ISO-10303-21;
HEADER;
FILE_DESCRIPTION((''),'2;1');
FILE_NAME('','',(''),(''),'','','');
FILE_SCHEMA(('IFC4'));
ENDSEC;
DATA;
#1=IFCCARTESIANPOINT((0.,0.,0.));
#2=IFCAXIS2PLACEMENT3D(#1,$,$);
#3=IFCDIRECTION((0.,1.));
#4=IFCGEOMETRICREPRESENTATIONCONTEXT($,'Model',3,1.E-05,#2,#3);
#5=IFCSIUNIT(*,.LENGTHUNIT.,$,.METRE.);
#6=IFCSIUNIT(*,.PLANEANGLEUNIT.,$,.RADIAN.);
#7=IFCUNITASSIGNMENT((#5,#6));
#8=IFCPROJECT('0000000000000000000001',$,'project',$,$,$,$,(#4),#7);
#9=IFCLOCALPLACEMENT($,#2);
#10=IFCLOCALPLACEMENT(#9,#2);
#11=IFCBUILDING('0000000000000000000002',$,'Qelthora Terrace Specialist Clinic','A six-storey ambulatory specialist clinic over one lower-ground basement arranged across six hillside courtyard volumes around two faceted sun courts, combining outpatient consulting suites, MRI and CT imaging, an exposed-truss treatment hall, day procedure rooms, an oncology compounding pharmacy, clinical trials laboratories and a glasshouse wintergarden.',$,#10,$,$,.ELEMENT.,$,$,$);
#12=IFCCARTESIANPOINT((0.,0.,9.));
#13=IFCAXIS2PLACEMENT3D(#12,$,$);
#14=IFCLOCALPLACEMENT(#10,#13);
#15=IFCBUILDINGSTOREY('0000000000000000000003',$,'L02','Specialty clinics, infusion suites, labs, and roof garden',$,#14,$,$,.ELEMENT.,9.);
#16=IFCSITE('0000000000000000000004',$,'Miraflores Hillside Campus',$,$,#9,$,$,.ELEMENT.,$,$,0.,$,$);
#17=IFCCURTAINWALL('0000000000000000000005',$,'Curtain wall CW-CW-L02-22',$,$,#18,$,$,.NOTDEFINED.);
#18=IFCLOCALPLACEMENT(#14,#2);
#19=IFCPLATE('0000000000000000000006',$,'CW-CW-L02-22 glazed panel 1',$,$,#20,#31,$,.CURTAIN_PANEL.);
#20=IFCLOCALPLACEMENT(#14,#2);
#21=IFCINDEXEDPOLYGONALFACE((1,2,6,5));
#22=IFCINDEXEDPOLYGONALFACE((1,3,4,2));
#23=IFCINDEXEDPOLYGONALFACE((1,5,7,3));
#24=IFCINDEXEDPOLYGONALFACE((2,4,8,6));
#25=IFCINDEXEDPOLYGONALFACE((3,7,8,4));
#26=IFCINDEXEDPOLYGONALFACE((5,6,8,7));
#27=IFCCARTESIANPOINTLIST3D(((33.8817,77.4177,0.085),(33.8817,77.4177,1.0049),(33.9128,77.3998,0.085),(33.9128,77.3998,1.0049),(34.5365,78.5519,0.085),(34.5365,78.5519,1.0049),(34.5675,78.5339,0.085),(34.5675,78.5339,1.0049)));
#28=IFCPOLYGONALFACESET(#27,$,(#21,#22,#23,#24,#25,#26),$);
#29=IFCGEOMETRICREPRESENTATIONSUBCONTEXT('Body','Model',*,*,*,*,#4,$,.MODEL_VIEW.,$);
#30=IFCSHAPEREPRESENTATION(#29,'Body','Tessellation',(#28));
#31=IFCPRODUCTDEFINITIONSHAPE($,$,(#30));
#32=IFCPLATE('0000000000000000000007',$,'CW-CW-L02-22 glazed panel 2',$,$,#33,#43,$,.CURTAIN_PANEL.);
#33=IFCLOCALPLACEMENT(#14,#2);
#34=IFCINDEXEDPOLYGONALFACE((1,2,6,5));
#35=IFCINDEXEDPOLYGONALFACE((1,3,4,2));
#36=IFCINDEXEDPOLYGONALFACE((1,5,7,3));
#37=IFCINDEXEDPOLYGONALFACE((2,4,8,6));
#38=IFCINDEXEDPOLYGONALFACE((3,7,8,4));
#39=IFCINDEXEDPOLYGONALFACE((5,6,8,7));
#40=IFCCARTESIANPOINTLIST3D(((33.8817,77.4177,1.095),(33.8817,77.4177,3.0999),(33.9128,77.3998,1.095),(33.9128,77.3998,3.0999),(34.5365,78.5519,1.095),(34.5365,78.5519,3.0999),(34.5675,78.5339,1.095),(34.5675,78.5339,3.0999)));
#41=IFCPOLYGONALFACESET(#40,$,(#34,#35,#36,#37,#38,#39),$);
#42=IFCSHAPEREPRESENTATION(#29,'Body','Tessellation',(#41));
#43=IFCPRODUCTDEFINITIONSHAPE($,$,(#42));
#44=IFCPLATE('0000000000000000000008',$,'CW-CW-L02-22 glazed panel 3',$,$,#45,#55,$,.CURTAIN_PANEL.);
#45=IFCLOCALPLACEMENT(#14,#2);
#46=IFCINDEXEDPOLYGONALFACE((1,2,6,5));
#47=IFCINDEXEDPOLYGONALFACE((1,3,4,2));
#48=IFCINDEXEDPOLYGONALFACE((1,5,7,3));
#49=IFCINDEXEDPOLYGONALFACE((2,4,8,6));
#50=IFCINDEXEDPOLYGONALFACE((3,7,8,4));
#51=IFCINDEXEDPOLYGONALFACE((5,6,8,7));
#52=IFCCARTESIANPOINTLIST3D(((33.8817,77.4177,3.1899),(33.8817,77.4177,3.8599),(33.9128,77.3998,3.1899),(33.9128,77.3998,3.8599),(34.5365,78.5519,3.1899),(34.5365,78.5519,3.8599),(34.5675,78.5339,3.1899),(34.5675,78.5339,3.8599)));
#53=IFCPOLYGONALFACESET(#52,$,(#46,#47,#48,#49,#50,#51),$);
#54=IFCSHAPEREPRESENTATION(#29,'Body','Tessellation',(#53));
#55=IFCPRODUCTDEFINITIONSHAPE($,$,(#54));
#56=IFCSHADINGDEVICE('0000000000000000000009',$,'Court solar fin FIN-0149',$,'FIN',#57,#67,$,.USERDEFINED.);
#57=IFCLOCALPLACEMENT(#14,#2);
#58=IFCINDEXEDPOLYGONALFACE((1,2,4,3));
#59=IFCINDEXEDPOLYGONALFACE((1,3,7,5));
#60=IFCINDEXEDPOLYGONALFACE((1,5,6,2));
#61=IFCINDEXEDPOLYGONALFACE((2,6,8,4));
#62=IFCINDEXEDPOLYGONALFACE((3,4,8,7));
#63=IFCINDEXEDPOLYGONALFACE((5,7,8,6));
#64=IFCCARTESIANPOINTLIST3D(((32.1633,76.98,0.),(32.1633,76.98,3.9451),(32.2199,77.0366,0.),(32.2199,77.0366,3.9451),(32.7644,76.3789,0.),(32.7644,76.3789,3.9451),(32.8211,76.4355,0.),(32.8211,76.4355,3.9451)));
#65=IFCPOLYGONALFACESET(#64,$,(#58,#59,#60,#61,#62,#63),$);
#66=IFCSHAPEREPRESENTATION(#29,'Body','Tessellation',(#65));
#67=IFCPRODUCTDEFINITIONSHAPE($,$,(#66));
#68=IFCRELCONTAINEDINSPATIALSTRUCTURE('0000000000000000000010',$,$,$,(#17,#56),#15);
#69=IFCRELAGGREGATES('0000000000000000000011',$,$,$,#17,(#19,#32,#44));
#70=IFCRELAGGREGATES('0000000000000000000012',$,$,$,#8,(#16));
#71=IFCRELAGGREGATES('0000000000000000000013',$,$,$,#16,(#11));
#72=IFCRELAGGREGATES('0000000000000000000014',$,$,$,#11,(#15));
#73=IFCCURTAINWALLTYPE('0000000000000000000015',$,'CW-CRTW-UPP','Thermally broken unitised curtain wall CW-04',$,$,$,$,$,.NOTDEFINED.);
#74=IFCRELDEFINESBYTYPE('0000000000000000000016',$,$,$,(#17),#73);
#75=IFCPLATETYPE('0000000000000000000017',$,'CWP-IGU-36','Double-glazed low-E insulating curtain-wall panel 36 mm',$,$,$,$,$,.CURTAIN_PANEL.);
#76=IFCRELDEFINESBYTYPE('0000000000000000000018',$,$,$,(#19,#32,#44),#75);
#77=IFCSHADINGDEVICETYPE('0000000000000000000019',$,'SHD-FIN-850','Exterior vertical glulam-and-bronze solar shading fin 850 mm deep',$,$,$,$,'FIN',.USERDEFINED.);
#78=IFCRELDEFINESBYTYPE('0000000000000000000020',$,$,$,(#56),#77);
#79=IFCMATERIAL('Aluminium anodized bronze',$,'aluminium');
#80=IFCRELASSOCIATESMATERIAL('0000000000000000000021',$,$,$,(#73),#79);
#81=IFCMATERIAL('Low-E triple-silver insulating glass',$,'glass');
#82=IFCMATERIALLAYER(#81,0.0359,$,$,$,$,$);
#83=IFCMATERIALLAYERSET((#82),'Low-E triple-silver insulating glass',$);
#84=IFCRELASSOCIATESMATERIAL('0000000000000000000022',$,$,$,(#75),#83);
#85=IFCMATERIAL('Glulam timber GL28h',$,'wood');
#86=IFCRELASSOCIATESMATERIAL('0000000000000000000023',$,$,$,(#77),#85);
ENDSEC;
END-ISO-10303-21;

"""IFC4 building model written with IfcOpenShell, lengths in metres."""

from ifc_helpers import new_model, si_unit, direction, frame, origin, origin_2d, place, context, subcontext, project, spatial, rectangle, extrude, material, layer, layer_set, type_object, element, aggregate, save


model = new_model("IFC4")

# Units and contexts
model_context = context("Model", 3, precision=1e-05, world=origin(), true_north=direction((0.0, 1.0)))
body_context = subcontext(model_context, "Body", "Model", "MODEL_VIEW")
ifc_project = project(units=[si_unit("LENGTHUNIT", "METRE"), si_unit("PLANEANGLEUNIT", "RADIAN")], contexts=[model_context])

# Site, building, storey
site_placement = place(None, origin())
site = spatial("IfcSite", under=ifc_project, at=site_placement, Name="Miraflores Hillside Campus", CompositionType="ELEMENT", RefElevation=0.0)
building_placement = place(site_placement, origin())
building = spatial("IfcBuilding", under=site, at=building_placement, Name="Qelthora Terrace Specialist Clinic", Description="A six-storey ambulatory specialist clinic over one lower-ground basement arranged across six hillside courtyard volumes around two faceted sun courts, combining outpatient consulting suites, MRI and CT imaging, an exposed-truss treatment hall, day procedure rooms, an oncology compounding pharmacy, clinical trials laboratories and a glasshouse wintergarden.", CompositionType="ELEMENT")
storey_placement = place(building_placement, frame((0.0, 0.0, 9.0)))
storey = spatial("IfcBuildingStorey", under=building, at=storey_placement, Name="L02", Description="Specialty clinics, infusion suites, labs, and roof garden", CompositionType="ELEMENT", Elevation=9.0)

# Shared definitions
ifc_material_1 = material(Name="Aluminium anodized bronze", Category="aluminium")
curtain_wall_type = type_object("IfcCurtainWallType", Name="CW-CRTW-UPP", Description="Thermally broken unitised curtain wall CW-04", PredefinedType="NOTDEFINED", material=ifc_material_1)

# Curtain wall
curtain_wall_1_placement = place(storey_placement, origin())
curtain_wall_1 = element("IfcCurtainWall", 1, at=curtain_wall_1_placement, inside=storey, type_object=curtain_wall_type, Name="Curtain wall CW-CW-L02-22", PredefinedType="NOTDEFINED")

# Plates
ifc_material_2 = material(Name="Low-E triple-silver insulating glass", Category="glass")
ifc_layer = layer(ifc_material_2, 0.0359)
ifc_layer_set = layer_set([ifc_layer], Name="Low-E triple-silver insulating glass")
plate_type = type_object("IfcPlateType", Name="CWP-IGU-36", Description="Double-glazed low-E insulating curtain-wall panel 36 mm", PredefinedType="CURTAIN_PANEL", material=ifc_layer_set)
plate_1_placement = place(storey_placement, frame((34.2246, 77.9758, 0.085), z_axis=(0.0, 0.0, 1.0), x_axis=(0.5, 0.866025, 0.0)))
plate_1 = element("IfcPlate", 2, at=plate_1_placement, type_object=plate_type, Name="CW-CW-L02-22 glazed panel 1", PredefinedType="CURTAIN_PANEL", context=body_context, shape_type="SweptSolid", body=[
    extrude(rectangle(XDim=1.3096, YDim=0.0359, at=origin_2d()), origin(), (0.0, 0.0, 1.0), 0.9199),
])
plate_2_placement = place(storey_placement, frame((34.2246, 77.9758, 1.095), z_axis=(0.0, 0.0, 1.0), x_axis=(0.5, 0.866025, 0.0)))
plate_2 = element("IfcPlate", 3, at=plate_2_placement, type_object=plate_type, Name="CW-CW-L02-22 glazed panel 2", PredefinedType="CURTAIN_PANEL", context=body_context, shape_type="SweptSolid", body=[
    extrude(rectangle(XDim=1.3096, YDim=0.0359, at=origin_2d()), origin(), (0.0, 0.0, 1.0), 2.0049),
])
plate_3_placement = place(storey_placement, frame((34.2246, 77.9758, 3.1899), z_axis=(0.0, 0.0, 1.0), x_axis=(0.5, 0.866025, 0.0)))
plate_3 = element("IfcPlate", 4, at=plate_3_placement, type_object=plate_type, Name="CW-CW-L02-22 glazed panel 3", PredefinedType="CURTAIN_PANEL", context=body_context, shape_type="SweptSolid", body=[
    extrude(rectangle(XDim=1.3096, YDim=0.0359, at=origin_2d()), origin(), (0.0, 0.0, 1.0), 0.6699),
])
aggregate(curtain_wall_1, [plate_1, plate_2, plate_3])

# Shading device
ifc_material_3 = material(Name="Glulam timber GL28h", Category="wood")
shading_device_type = type_object("IfcShadingDeviceType", Name="SHD-FIN-850", Description="Exterior vertical glulam-and-bronze solar shading fin 850 mm deep", ElementType="FIN", PredefinedType="USERDEFINED", material=ifc_material_3)
shading_device_placement = place(storey_placement, frame((32.4922, 76.7078, 0.0), z_axis=(0.0, 0.0, 1.0), x_axis=(-0.707107, 0.707107, 0.0)))
element("IfcShadingDevice", 5, at=shading_device_placement, inside=storey, type_object=shading_device_type, Name="Court solar fin FIN-0149", ObjectType="FIN", PredefinedType="USERDEFINED", context=body_context, shape_type="SweptSolid", body=[
    extrude(rectangle(XDim=0.8501, YDim=0.0801, at=origin_2d()), origin(), (0.0, 0.0, 1.0), 3.9451),
])

save(model, "model.ifc")
